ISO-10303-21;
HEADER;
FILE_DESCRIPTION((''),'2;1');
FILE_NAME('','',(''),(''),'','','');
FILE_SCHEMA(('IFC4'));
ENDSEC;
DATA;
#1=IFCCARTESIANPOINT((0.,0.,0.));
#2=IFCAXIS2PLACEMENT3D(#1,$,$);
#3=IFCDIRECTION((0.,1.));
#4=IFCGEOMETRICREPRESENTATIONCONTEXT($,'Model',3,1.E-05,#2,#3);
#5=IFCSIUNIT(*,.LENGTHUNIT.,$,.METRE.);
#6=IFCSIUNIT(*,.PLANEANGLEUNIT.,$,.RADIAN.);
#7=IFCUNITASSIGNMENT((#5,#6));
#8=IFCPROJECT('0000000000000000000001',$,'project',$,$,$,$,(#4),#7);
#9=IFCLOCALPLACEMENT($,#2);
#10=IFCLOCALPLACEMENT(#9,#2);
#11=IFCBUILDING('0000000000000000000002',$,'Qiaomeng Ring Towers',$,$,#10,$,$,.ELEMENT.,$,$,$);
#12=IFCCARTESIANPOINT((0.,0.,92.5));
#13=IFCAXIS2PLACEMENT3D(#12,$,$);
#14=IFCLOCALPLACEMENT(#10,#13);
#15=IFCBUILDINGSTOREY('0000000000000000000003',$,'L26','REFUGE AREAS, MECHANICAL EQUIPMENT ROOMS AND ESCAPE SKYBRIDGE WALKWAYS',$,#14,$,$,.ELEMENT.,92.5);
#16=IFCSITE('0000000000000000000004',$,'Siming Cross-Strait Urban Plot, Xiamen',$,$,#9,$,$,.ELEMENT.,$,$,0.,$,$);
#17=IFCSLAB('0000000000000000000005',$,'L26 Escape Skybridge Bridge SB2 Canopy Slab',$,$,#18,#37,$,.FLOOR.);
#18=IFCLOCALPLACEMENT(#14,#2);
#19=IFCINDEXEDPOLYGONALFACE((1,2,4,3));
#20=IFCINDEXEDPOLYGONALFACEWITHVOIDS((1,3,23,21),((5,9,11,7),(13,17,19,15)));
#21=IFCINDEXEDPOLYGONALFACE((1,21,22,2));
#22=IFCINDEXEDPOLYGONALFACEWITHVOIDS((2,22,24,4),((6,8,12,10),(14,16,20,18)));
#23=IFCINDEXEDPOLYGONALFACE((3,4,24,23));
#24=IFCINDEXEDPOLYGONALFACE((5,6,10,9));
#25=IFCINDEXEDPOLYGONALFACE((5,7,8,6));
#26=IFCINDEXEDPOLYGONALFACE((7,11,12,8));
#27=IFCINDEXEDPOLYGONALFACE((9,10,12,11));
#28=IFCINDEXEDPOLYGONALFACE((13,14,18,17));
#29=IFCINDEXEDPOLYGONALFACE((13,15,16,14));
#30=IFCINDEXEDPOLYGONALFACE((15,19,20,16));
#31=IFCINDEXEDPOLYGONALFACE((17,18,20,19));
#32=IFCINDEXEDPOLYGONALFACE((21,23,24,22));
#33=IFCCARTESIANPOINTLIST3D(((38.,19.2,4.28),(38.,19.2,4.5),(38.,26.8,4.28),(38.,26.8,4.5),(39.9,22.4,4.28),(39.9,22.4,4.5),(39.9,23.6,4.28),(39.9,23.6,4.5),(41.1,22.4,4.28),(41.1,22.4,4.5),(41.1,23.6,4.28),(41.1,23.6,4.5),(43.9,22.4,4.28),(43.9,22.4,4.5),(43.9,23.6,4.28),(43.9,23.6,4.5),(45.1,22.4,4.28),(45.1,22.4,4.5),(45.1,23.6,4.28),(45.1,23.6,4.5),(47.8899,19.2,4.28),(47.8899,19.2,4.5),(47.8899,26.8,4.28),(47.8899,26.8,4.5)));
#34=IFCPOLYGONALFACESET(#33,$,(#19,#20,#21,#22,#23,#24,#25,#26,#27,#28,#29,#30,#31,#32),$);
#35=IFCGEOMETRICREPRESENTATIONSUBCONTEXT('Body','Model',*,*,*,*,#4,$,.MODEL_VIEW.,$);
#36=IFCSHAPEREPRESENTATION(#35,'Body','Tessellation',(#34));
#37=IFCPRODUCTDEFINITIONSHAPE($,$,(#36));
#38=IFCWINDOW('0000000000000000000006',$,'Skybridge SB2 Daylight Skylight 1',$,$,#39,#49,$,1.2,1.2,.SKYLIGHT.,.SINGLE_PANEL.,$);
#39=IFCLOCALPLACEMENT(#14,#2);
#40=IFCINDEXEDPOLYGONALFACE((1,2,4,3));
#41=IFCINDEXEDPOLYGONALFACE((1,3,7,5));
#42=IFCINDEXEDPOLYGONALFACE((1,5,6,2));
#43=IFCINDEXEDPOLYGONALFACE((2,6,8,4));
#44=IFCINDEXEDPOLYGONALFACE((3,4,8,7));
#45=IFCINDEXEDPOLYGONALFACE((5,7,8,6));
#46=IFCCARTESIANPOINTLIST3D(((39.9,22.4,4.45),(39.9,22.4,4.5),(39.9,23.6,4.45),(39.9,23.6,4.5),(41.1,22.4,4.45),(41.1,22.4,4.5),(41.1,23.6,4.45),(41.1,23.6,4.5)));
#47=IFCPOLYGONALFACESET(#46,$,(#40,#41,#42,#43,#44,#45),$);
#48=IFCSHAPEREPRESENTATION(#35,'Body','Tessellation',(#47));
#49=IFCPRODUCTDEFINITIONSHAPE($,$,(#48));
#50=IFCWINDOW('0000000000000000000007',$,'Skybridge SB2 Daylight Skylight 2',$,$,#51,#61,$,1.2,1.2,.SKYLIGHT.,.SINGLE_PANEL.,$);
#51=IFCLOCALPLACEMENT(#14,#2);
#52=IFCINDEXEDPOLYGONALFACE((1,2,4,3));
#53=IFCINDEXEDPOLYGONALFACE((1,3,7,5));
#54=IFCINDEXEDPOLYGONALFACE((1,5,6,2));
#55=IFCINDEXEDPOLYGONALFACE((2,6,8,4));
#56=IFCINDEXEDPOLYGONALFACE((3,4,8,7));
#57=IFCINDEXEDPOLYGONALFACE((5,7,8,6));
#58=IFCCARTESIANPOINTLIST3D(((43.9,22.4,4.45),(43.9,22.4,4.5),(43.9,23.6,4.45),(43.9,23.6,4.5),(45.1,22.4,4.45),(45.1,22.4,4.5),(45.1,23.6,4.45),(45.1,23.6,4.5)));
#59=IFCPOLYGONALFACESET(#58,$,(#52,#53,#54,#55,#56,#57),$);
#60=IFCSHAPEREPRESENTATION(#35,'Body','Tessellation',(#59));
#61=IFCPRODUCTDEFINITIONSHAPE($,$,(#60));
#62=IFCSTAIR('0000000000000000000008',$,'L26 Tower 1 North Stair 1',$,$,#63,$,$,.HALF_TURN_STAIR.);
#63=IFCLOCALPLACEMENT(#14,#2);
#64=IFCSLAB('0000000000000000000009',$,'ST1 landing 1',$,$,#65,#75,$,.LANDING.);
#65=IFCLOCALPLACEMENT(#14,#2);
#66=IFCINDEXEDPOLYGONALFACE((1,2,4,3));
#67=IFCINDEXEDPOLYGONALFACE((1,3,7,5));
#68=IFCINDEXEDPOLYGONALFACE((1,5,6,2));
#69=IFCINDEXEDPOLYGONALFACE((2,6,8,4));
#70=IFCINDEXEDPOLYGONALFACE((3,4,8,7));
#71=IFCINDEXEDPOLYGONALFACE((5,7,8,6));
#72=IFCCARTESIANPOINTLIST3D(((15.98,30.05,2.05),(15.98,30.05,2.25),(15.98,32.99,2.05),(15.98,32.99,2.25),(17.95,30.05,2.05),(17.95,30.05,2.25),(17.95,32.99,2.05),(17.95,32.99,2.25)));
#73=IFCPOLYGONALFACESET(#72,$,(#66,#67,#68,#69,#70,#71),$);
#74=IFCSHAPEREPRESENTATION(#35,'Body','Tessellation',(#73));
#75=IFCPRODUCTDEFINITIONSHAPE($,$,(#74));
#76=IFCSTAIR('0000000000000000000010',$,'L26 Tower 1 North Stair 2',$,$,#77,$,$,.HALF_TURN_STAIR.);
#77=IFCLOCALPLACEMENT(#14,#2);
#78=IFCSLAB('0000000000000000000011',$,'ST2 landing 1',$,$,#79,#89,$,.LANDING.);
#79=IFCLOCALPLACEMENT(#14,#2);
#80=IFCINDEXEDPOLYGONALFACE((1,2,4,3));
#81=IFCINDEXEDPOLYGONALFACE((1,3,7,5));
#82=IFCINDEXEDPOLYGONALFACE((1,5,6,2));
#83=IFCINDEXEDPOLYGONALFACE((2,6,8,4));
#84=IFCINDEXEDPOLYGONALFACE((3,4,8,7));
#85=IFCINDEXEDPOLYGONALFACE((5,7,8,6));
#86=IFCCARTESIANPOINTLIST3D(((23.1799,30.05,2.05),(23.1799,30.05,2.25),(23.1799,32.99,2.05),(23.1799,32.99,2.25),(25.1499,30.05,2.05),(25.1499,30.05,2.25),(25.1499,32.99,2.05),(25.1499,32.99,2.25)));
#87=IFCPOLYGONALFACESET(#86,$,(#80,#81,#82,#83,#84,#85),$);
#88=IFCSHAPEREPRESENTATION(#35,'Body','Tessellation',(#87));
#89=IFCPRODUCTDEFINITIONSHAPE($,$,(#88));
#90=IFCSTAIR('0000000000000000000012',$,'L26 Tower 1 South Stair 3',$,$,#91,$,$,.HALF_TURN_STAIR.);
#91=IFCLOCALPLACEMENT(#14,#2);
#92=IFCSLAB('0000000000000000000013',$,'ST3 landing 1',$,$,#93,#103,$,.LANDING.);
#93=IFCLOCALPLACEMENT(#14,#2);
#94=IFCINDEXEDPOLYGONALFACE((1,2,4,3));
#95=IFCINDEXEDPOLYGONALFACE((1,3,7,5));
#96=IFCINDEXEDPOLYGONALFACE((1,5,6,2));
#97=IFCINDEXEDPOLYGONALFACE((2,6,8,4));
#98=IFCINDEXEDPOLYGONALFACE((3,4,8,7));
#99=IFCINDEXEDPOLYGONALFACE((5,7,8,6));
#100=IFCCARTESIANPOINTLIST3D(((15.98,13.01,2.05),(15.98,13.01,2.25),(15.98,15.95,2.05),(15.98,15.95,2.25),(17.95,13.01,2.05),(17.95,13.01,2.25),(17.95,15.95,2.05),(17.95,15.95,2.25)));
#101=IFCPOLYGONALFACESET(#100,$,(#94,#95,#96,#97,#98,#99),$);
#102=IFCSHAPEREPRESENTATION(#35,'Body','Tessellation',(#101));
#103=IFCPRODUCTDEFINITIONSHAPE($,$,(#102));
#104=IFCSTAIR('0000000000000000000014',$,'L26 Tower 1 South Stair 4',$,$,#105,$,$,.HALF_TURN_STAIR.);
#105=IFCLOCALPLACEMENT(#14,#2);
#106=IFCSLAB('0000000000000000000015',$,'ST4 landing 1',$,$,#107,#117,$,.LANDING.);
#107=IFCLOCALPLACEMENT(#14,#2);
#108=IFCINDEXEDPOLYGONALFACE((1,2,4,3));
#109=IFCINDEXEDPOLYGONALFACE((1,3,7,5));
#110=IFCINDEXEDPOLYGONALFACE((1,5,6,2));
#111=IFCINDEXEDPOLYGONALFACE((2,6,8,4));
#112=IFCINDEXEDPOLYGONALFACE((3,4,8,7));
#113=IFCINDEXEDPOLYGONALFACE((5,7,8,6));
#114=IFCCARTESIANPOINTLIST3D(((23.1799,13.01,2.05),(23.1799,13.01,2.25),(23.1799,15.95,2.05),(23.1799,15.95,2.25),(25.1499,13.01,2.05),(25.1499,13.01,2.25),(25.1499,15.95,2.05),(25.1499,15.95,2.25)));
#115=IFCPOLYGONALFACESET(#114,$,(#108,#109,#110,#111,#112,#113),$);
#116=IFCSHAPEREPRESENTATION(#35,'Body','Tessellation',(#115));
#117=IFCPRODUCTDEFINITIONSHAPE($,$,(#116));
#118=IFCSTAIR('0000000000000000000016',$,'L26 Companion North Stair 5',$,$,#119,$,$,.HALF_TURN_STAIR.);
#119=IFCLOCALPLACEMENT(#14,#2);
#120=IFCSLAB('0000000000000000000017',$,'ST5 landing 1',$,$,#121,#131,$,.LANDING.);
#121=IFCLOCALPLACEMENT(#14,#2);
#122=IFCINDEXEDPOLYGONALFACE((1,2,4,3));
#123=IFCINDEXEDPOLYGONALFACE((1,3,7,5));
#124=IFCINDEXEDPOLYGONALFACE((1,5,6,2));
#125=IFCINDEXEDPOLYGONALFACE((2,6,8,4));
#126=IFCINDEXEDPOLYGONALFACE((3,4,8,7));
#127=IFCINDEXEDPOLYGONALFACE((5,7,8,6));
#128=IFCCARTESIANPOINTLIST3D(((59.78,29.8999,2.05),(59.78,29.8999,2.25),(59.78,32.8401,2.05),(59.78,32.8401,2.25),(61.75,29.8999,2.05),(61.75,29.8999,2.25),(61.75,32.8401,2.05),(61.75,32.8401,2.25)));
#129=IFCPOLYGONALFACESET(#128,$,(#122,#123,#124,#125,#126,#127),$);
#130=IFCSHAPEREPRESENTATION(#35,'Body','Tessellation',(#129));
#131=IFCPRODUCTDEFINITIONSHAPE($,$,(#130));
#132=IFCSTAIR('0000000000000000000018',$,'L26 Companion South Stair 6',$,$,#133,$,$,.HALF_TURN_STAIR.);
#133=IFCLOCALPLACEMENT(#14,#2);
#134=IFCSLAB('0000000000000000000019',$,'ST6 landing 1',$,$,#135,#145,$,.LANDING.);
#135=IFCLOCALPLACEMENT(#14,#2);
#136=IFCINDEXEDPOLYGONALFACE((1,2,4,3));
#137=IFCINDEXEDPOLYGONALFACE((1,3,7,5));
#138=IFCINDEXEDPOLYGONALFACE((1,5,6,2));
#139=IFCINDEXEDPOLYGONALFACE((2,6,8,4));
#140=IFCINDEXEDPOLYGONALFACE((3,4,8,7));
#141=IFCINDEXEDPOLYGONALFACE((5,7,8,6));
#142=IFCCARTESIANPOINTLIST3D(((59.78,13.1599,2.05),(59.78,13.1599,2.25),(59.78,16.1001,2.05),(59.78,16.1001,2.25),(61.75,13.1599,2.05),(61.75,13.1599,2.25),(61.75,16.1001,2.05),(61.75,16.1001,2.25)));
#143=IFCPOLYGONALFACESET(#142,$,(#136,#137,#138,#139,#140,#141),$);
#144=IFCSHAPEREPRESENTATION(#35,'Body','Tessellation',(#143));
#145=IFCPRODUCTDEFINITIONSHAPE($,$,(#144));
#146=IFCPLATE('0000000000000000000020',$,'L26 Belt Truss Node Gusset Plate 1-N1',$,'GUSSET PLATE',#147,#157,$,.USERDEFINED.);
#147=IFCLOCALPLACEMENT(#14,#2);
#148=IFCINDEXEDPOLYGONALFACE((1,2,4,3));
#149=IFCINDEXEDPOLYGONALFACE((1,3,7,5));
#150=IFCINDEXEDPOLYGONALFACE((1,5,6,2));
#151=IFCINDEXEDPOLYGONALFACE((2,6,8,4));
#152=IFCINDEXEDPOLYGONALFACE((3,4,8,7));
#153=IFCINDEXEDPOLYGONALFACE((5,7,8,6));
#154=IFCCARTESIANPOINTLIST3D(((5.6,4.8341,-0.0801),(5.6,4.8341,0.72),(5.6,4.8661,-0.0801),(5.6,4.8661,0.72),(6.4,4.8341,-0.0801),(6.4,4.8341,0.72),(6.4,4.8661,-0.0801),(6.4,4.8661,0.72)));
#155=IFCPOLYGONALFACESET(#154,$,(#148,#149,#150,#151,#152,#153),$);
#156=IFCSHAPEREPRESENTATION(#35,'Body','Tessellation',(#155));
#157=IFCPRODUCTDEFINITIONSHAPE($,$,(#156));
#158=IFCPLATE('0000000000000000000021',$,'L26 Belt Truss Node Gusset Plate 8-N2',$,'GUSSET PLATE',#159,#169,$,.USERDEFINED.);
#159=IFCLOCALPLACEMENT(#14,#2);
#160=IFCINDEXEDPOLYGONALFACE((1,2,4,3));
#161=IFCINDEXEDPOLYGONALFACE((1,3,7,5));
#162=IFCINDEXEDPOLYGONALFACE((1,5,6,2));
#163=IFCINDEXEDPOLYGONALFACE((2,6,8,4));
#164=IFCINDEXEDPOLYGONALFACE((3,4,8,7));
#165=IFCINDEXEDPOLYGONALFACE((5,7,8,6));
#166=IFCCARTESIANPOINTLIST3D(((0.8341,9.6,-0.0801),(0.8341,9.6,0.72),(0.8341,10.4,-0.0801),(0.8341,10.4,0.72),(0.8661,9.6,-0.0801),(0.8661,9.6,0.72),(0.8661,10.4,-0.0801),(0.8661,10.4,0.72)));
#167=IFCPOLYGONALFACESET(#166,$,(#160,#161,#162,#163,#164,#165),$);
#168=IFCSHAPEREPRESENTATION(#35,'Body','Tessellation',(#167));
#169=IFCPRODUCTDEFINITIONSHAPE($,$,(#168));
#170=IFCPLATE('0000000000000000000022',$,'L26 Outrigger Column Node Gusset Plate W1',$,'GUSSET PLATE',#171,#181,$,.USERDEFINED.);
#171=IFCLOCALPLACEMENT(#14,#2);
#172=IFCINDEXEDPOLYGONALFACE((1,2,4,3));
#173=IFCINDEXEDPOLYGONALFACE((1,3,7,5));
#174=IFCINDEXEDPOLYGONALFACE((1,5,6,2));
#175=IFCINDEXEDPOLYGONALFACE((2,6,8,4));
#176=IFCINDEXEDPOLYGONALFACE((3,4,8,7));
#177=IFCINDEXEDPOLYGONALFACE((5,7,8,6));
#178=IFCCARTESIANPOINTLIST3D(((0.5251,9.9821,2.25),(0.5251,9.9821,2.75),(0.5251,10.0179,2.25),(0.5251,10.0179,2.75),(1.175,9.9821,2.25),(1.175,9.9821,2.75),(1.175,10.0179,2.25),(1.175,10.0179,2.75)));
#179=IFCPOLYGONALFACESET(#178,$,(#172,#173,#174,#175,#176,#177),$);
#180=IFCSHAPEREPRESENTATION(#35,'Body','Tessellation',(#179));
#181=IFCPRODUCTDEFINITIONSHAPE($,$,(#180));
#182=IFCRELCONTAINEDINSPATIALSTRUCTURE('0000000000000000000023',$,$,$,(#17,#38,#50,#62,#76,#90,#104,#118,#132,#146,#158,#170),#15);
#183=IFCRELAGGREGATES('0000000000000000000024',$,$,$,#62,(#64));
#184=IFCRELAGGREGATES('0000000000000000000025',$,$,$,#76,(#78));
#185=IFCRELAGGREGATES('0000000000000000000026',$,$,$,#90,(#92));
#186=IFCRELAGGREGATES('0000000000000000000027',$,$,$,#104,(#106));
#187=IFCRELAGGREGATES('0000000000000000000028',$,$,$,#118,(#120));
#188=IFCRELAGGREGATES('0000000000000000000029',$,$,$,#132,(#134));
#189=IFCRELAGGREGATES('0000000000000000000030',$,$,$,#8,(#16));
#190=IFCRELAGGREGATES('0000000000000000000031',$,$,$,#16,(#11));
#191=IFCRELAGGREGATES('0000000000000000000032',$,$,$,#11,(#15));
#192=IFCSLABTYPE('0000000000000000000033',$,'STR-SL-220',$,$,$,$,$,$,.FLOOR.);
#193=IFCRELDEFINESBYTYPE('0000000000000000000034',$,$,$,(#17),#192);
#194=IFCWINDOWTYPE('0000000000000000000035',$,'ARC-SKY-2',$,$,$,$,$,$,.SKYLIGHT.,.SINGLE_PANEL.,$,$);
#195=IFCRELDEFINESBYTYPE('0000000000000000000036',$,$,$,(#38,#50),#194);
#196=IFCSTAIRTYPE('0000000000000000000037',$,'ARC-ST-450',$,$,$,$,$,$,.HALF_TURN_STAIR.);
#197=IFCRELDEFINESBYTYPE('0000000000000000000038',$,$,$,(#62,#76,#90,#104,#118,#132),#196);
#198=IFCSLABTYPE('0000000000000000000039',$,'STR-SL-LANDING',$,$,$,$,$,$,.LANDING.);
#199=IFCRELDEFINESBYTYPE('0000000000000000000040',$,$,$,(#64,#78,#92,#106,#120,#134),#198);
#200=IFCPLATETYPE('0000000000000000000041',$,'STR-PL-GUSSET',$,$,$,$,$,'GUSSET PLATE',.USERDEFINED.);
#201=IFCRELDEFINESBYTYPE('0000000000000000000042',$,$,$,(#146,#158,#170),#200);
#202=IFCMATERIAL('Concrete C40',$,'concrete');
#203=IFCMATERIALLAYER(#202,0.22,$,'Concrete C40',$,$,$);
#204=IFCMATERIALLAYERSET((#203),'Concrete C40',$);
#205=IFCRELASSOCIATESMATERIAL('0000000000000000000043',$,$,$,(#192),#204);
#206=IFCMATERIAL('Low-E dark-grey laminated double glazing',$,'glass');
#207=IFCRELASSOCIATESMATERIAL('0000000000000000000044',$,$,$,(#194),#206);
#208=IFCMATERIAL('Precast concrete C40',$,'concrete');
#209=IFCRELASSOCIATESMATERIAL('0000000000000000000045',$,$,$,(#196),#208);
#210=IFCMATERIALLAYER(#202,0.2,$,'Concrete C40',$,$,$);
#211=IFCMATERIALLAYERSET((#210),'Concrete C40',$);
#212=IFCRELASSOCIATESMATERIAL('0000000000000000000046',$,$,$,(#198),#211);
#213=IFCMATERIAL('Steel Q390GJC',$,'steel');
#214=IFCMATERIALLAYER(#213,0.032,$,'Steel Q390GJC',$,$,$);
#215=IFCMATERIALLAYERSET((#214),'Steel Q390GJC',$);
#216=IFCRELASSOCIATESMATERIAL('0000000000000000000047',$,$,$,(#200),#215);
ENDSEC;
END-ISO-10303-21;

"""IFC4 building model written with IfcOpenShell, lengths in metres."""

from ifc_helpers import new_model, si_unit, direction, frame, origin, origin_2d, place, context, subcontext, project, spatial, polyline, rectangle, outline, extrude, source, transform, mapped, material, layer, layer_set, type_object, element, fill, aggregate, save


model = new_model("IFC4")

# Units and contexts
model_context = context("Model", 3, precision=1e-05, world=origin(), true_north=direction((0.0, 1.0)))
body_context = subcontext(model_context, "Body", "Model", "MODEL_VIEW")
ifc_project = project(units=[si_unit("LENGTHUNIT", "METRE"), si_unit("PLANEANGLEUNIT", "RADIAN")], contexts=[model_context])

# Site, building, storey
site_placement = place(None, origin())
site = spatial("IfcSite", under=ifc_project, at=site_placement, Name="Siming Cross-Strait Urban Plot, Xiamen", CompositionType="ELEMENT", RefElevation=0.0)
building_placement = place(site_placement, origin())
building = spatial("IfcBuilding", under=site, at=building_placement, Name="Qiaomeng Ring Towers", CompositionType="ELEMENT")
storey_placement = place(building_placement, frame((0.0, 0.0, 92.5)))
storey = spatial("IfcBuildingStorey", under=building, at=storey_placement, Name="L26", Description="REFUGE AREAS, MECHANICAL EQUIPMENT ROOMS AND ESCAPE SKYBRIDGE WALKWAYS", CompositionType="ELEMENT", Elevation=92.5)

# Shared definitions
ifc_material_1 = material(Name="Steel Q390GJC", Category="steel")

# Shared definitions
ifc_material_2 = material(Name="Concrete C40", Category="concrete")
ifc_layer_1 = layer(ifc_material_2, 0.22, Name="Concrete C40")
ifc_layer_set_1 = layer_set([ifc_layer_1], Name="Concrete C40")
slab_type_1 = type_object("IfcSlabType", Name="STR-SL-220", PredefinedType="FLOOR", material=ifc_layer_set_1)

# Slab, openings, windows
slab_1_placement = place(storey_placement, frame((0.0, 0.0, 4.28)))
slab_1 = element("IfcSlab", 1, at=slab_1_placement, inside=storey, type_object=slab_type_1, Name="L26 Escape Skybridge Bridge SB2 Canopy Slab", PredefinedType="FLOOR", context=body_context, shape_type="SweptSolid", body=[
    extrude(outline(polyline([(38.0, 19.2), (47.8899, 19.2), (47.8899, 26.8), (38.0, 26.8), (38.0, 19.2)])), origin(), (0.0, 0.0, 1.0), 0.22),
])
opening_1_placement = place(slab_1_placement, frame((40.5, 23.0, 0.0)))
opening_1 = element("IfcOpeningElement", 2, at=opening_1_placement, cuts=slab_1, PredefinedType="OPENING", context=body_context, shape_type="SweptSolid", body=[
    extrude(rectangle(XDim=1.2, YDim=1.2, at=origin_2d()), frame((0.0, 0.0, -0.01)), (0.0, 0.0, 1.0), 0.24),
])
opening_2_placement = place(slab_1_placement, frame((44.5, 23.0, 0.0)))
opening_2 = element("IfcOpeningElement", 3, at=opening_2_placement, cuts=slab_1, PredefinedType="OPENING", context=body_context, shape_type="SweptSolid", body=[
    extrude(rectangle(XDim=1.2, YDim=1.2, at=origin_2d()), frame((0.0, 0.0, -0.01)), (0.0, 0.0, 1.0), 0.24),
])
ifc_material_3 = material(Name="Low-E dark-grey laminated double glazing", Category="glass")
window_type = type_object("IfcWindowType", Name="ARC-SKY-2", PartitioningType="SINGLE_PANEL", PredefinedType="SKYLIGHT", material=ifc_material_3)
window_1_placement = place(opening_1_placement, frame((0.0, 0.0, 0.1699)))
window_1 = element("IfcWindow", 4, at=window_1_placement, inside=storey, type_object=window_type, Name="Skybridge SB2 Daylight Skylight 1", OverallHeight=1.2, OverallWidth=1.2, PartitioningType="SINGLE_PANEL", PredefinedType="SKYLIGHT", context=body_context, shape_type="SweptSolid", body=[
    extrude(rectangle(XDim=1.2, YDim=1.2, at=origin_2d()), origin(), (0.0, 0.0, 1.0), 0.05),
])
fill(opening_1, window_1)
window_2_placement = place(opening_2_placement, frame((0.0, 0.0, 0.1699)))
window_2 = element("IfcWindow", 5, at=window_2_placement, inside=storey, type_object=window_type, Name="Skybridge SB2 Daylight Skylight 2", OverallHeight=1.2, OverallWidth=1.2, PartitioningType="SINGLE_PANEL", PredefinedType="SKYLIGHT", context=body_context, shape_type="SweptSolid", body=[
    extrude(rectangle(XDim=1.2, YDim=1.2, at=origin_2d()), origin(), (0.0, 0.0, 1.0), 0.05),
])
fill(opening_2, window_2)

# Stairs, slabs
ifc_material_4 = material(Name="Precast concrete C40", Category="concrete")
stair_type = type_object("IfcStairType", Name="ARC-ST-450", PredefinedType="HALF_TURN_STAIR", material=ifc_material_4)
stair_1_placement = place(storey_placement, origin())
stair_1 = element("IfcStair", 6, at=stair_1_placement, inside=storey, type_object=stair_type, Name="L26 Tower 1 North Stair 1", PredefinedType="HALF_TURN_STAIR")
ifc_layer_2 = layer(ifc_material_2, 0.2, Name="Concrete C40")
ifc_layer_set_2 = layer_set([ifc_layer_2], Name="Concrete C40")
slab_type_2 = type_object("IfcSlabType", Name="STR-SL-LANDING", PredefinedType="LANDING", material=ifc_layer_set_2)
slab_2_placement = place(storey_placement, frame((0.0, 0.0, 2.05)))
slab_2 = element("IfcSlab", 7, at=slab_2_placement, type_object=slab_type_2, Name="ST1 landing 1", PredefinedType="LANDING", context=body_context, shape_type="SweptSolid", body=[
    extrude(outline(polyline([(15.98, 30.05), (17.95, 30.05), (17.95, 32.99), (15.98, 32.99), (15.98, 30.05)])), origin(), (0.0, 0.0, 1.0), 0.2),
])
aggregate(stair_1, [slab_2])
stair_2_placement = place(storey_placement, origin())
stair_2 = element("IfcStair", 8, at=stair_2_placement, inside=storey, type_object=stair_type, Name="L26 Tower 1 North Stair 2", PredefinedType="HALF_TURN_STAIR")
slab_3_placement = place(storey_placement, frame((0.0, 0.0, 2.05)))
slab_3 = element("IfcSlab", 9, at=slab_3_placement, type_object=slab_type_2, Name="ST2 landing 1", PredefinedType="LANDING", context=body_context, shape_type="SweptSolid", body=[
    extrude(outline(polyline([(23.1799, 30.05), (25.1499, 30.05), (25.1499, 32.99), (23.1799, 32.99), (23.1799, 30.05)])), origin(), (0.0, 0.0, 1.0), 0.2),
])
aggregate(stair_2, [slab_3])
stair_3_placement = place(storey_placement, origin())
stair_3 = element("IfcStair", 10, at=stair_3_placement, inside=storey, type_object=stair_type, Name="L26 Tower 1 South Stair 3", PredefinedType="HALF_TURN_STAIR")
slab_4_placement = place(storey_placement, frame((0.0, 0.0, 2.05)))
slab_4 = element("IfcSlab", 11, at=slab_4_placement, type_object=slab_type_2, Name="ST3 landing 1", PredefinedType="LANDING", context=body_context, shape_type="SweptSolid", body=[
    extrude(outline(polyline([(15.98, 13.01), (17.95, 13.01), (17.95, 15.95), (15.98, 15.95), (15.98, 13.01)])), origin(), (0.0, 0.0, 1.0), 0.2),
])
aggregate(stair_3, [slab_4])
stair_4_placement = place(storey_placement, origin())
stair_4 = element("IfcStair", 12, at=stair_4_placement, inside=storey, type_object=stair_type, Name="L26 Tower 1 South Stair 4", PredefinedType="HALF_TURN_STAIR")
slab_5_placement = place(storey_placement, frame((0.0, 0.0, 2.05)))
slab_5 = element("IfcSlab", 13, at=slab_5_placement, type_object=slab_type_2, Name="ST4 landing 1", PredefinedType="LANDING", context=body_context, shape_type="SweptSolid", body=[
    extrude(outline(polyline([(23.1799, 13.01), (25.1499, 13.01), (25.1499, 15.95), (23.1799, 15.95), (23.1799, 13.01)])), origin(), (0.0, 0.0, 1.0), 0.2),
])
aggregate(stair_4, [slab_5])
stair_5_placement = place(storey_placement, origin())
stair_5 = element("IfcStair", 14, at=stair_5_placement, inside=storey, type_object=stair_type, Name="L26 Companion North Stair 5", PredefinedType="HALF_TURN_STAIR")
slab_6_placement = place(storey_placement, frame((0.0, 0.0, 2.05)))
slab_6 = element("IfcSlab", 15, at=slab_6_placement, type_object=slab_type_2, Name="ST5 landing 1", PredefinedType="LANDING", context=body_context, shape_type="SweptSolid", body=[
    extrude(outline(polyline([(59.78, 29.8999), (61.75, 29.8999), (61.75, 32.8401), (59.78, 32.8401), (59.78, 29.8999)])), origin(), (0.0, 0.0, 1.0), 0.2),
])
aggregate(stair_5, [slab_6])
stair_6_placement = place(storey_placement, origin())
stair_6 = element("IfcStair", 16, at=stair_6_placement, inside=storey, type_object=stair_type, Name="L26 Companion South Stair 6", PredefinedType="HALF_TURN_STAIR")
slab_7_placement = place(storey_placement, frame((0.0, 0.0, 2.05)))
slab_7 = element("IfcSlab", 17, at=slab_7_placement, type_object=slab_type_2, Name="ST6 landing 1", PredefinedType="LANDING", context=body_context, shape_type="SweptSolid", body=[
    extrude(outline(polyline([(59.78, 13.1599), (61.75, 13.1599), (61.75, 16.1001), (59.78, 16.1001), (59.78, 13.1599)])), origin(), (0.0, 0.0, 1.0), 0.2),
])
aggregate(stair_6, [slab_7])

# Plates
ifc_layer_3 = layer(ifc_material_1, 0.032, Name="Steel Q390GJC")
ifc_layer_set_3 = layer_set([ifc_layer_3], Name="Steel Q390GJC")
plate_type = type_object("IfcPlateType", Name="STR-PL-GUSSET", ElementType="GUSSET PLATE", PredefinedType="USERDEFINED", material=ifc_layer_set_3)
shared_shape_1 = source(origin(), body_context, "Body", "SweptSolid", [
    extrude(rectangle(XDim=0.8, YDim=0.032, at=origin_2d()), origin(), (0.0, 0.0, 1.0), 0.8),
])
for number, where, z_axis, x_axis, name in (
    (18, (6.0, 4.8501, -0.0801), (0.0, 0.0, 1.0), (1.0, 0.0, 0.0), "L26 Belt Truss Node Gusset Plate 1-N1"),
    (19, (0.8501, 10.0, -0.0801), (0.0, 0.0, 1.0), (0.0, -1.0, 0.0), "L26 Belt Truss Node Gusset Plate 8-N2"),
):
    element("IfcPlate", number, at=place(storey_placement, frame(where, z_axis=z_axis, x_axis=x_axis)), inside=storey, type_object=plate_type, Name=name, ObjectType="GUSSET PLATE", PredefinedType="USERDEFINED", context=body_context, shape_type="MappedRepresentation", body=[
        mapped(shared_shape_1, transform((0.0, 0.0, 0.0), x_axis=(1.0, 0.0, 0.0), y_axis=(0.0, 1.0, 0.0), z_axis=(0.0, 0.0, 1.0), scale=1.0)),
    ])
shared_shape_2 = source(origin(), body_context, "Body", "SweptSolid", [
    extrude(rectangle(XDim=0.6499, YDim=0.0359, at=origin_2d()), origin(), (0.0, 0.0, 1.0), 0.5),
])
plate_placement = place(storey_placement, frame((0.8501, 10.0, 2.25), z_axis=(0.0, 0.0, 1.0), x_axis=(1.0, 0.0, 0.0)))
element("IfcPlate", 20, at=plate_placement, inside=storey, type_object=plate_type, Name="L26 Outrigger Column Node Gusset Plate W1", ObjectType="GUSSET PLATE", PredefinedType="USERDEFINED", context=body_context, shape_type="MappedRepresentation", body=[
    mapped(shared_shape_2, transform((0.0, 0.0, 0.0), x_axis=(1.0, 0.0, 0.0), y_axis=(0.0, 1.0, 0.0), z_axis=(0.0, 0.0, 1.0), scale=1.0)),
])

save(model, "model.ifc")
